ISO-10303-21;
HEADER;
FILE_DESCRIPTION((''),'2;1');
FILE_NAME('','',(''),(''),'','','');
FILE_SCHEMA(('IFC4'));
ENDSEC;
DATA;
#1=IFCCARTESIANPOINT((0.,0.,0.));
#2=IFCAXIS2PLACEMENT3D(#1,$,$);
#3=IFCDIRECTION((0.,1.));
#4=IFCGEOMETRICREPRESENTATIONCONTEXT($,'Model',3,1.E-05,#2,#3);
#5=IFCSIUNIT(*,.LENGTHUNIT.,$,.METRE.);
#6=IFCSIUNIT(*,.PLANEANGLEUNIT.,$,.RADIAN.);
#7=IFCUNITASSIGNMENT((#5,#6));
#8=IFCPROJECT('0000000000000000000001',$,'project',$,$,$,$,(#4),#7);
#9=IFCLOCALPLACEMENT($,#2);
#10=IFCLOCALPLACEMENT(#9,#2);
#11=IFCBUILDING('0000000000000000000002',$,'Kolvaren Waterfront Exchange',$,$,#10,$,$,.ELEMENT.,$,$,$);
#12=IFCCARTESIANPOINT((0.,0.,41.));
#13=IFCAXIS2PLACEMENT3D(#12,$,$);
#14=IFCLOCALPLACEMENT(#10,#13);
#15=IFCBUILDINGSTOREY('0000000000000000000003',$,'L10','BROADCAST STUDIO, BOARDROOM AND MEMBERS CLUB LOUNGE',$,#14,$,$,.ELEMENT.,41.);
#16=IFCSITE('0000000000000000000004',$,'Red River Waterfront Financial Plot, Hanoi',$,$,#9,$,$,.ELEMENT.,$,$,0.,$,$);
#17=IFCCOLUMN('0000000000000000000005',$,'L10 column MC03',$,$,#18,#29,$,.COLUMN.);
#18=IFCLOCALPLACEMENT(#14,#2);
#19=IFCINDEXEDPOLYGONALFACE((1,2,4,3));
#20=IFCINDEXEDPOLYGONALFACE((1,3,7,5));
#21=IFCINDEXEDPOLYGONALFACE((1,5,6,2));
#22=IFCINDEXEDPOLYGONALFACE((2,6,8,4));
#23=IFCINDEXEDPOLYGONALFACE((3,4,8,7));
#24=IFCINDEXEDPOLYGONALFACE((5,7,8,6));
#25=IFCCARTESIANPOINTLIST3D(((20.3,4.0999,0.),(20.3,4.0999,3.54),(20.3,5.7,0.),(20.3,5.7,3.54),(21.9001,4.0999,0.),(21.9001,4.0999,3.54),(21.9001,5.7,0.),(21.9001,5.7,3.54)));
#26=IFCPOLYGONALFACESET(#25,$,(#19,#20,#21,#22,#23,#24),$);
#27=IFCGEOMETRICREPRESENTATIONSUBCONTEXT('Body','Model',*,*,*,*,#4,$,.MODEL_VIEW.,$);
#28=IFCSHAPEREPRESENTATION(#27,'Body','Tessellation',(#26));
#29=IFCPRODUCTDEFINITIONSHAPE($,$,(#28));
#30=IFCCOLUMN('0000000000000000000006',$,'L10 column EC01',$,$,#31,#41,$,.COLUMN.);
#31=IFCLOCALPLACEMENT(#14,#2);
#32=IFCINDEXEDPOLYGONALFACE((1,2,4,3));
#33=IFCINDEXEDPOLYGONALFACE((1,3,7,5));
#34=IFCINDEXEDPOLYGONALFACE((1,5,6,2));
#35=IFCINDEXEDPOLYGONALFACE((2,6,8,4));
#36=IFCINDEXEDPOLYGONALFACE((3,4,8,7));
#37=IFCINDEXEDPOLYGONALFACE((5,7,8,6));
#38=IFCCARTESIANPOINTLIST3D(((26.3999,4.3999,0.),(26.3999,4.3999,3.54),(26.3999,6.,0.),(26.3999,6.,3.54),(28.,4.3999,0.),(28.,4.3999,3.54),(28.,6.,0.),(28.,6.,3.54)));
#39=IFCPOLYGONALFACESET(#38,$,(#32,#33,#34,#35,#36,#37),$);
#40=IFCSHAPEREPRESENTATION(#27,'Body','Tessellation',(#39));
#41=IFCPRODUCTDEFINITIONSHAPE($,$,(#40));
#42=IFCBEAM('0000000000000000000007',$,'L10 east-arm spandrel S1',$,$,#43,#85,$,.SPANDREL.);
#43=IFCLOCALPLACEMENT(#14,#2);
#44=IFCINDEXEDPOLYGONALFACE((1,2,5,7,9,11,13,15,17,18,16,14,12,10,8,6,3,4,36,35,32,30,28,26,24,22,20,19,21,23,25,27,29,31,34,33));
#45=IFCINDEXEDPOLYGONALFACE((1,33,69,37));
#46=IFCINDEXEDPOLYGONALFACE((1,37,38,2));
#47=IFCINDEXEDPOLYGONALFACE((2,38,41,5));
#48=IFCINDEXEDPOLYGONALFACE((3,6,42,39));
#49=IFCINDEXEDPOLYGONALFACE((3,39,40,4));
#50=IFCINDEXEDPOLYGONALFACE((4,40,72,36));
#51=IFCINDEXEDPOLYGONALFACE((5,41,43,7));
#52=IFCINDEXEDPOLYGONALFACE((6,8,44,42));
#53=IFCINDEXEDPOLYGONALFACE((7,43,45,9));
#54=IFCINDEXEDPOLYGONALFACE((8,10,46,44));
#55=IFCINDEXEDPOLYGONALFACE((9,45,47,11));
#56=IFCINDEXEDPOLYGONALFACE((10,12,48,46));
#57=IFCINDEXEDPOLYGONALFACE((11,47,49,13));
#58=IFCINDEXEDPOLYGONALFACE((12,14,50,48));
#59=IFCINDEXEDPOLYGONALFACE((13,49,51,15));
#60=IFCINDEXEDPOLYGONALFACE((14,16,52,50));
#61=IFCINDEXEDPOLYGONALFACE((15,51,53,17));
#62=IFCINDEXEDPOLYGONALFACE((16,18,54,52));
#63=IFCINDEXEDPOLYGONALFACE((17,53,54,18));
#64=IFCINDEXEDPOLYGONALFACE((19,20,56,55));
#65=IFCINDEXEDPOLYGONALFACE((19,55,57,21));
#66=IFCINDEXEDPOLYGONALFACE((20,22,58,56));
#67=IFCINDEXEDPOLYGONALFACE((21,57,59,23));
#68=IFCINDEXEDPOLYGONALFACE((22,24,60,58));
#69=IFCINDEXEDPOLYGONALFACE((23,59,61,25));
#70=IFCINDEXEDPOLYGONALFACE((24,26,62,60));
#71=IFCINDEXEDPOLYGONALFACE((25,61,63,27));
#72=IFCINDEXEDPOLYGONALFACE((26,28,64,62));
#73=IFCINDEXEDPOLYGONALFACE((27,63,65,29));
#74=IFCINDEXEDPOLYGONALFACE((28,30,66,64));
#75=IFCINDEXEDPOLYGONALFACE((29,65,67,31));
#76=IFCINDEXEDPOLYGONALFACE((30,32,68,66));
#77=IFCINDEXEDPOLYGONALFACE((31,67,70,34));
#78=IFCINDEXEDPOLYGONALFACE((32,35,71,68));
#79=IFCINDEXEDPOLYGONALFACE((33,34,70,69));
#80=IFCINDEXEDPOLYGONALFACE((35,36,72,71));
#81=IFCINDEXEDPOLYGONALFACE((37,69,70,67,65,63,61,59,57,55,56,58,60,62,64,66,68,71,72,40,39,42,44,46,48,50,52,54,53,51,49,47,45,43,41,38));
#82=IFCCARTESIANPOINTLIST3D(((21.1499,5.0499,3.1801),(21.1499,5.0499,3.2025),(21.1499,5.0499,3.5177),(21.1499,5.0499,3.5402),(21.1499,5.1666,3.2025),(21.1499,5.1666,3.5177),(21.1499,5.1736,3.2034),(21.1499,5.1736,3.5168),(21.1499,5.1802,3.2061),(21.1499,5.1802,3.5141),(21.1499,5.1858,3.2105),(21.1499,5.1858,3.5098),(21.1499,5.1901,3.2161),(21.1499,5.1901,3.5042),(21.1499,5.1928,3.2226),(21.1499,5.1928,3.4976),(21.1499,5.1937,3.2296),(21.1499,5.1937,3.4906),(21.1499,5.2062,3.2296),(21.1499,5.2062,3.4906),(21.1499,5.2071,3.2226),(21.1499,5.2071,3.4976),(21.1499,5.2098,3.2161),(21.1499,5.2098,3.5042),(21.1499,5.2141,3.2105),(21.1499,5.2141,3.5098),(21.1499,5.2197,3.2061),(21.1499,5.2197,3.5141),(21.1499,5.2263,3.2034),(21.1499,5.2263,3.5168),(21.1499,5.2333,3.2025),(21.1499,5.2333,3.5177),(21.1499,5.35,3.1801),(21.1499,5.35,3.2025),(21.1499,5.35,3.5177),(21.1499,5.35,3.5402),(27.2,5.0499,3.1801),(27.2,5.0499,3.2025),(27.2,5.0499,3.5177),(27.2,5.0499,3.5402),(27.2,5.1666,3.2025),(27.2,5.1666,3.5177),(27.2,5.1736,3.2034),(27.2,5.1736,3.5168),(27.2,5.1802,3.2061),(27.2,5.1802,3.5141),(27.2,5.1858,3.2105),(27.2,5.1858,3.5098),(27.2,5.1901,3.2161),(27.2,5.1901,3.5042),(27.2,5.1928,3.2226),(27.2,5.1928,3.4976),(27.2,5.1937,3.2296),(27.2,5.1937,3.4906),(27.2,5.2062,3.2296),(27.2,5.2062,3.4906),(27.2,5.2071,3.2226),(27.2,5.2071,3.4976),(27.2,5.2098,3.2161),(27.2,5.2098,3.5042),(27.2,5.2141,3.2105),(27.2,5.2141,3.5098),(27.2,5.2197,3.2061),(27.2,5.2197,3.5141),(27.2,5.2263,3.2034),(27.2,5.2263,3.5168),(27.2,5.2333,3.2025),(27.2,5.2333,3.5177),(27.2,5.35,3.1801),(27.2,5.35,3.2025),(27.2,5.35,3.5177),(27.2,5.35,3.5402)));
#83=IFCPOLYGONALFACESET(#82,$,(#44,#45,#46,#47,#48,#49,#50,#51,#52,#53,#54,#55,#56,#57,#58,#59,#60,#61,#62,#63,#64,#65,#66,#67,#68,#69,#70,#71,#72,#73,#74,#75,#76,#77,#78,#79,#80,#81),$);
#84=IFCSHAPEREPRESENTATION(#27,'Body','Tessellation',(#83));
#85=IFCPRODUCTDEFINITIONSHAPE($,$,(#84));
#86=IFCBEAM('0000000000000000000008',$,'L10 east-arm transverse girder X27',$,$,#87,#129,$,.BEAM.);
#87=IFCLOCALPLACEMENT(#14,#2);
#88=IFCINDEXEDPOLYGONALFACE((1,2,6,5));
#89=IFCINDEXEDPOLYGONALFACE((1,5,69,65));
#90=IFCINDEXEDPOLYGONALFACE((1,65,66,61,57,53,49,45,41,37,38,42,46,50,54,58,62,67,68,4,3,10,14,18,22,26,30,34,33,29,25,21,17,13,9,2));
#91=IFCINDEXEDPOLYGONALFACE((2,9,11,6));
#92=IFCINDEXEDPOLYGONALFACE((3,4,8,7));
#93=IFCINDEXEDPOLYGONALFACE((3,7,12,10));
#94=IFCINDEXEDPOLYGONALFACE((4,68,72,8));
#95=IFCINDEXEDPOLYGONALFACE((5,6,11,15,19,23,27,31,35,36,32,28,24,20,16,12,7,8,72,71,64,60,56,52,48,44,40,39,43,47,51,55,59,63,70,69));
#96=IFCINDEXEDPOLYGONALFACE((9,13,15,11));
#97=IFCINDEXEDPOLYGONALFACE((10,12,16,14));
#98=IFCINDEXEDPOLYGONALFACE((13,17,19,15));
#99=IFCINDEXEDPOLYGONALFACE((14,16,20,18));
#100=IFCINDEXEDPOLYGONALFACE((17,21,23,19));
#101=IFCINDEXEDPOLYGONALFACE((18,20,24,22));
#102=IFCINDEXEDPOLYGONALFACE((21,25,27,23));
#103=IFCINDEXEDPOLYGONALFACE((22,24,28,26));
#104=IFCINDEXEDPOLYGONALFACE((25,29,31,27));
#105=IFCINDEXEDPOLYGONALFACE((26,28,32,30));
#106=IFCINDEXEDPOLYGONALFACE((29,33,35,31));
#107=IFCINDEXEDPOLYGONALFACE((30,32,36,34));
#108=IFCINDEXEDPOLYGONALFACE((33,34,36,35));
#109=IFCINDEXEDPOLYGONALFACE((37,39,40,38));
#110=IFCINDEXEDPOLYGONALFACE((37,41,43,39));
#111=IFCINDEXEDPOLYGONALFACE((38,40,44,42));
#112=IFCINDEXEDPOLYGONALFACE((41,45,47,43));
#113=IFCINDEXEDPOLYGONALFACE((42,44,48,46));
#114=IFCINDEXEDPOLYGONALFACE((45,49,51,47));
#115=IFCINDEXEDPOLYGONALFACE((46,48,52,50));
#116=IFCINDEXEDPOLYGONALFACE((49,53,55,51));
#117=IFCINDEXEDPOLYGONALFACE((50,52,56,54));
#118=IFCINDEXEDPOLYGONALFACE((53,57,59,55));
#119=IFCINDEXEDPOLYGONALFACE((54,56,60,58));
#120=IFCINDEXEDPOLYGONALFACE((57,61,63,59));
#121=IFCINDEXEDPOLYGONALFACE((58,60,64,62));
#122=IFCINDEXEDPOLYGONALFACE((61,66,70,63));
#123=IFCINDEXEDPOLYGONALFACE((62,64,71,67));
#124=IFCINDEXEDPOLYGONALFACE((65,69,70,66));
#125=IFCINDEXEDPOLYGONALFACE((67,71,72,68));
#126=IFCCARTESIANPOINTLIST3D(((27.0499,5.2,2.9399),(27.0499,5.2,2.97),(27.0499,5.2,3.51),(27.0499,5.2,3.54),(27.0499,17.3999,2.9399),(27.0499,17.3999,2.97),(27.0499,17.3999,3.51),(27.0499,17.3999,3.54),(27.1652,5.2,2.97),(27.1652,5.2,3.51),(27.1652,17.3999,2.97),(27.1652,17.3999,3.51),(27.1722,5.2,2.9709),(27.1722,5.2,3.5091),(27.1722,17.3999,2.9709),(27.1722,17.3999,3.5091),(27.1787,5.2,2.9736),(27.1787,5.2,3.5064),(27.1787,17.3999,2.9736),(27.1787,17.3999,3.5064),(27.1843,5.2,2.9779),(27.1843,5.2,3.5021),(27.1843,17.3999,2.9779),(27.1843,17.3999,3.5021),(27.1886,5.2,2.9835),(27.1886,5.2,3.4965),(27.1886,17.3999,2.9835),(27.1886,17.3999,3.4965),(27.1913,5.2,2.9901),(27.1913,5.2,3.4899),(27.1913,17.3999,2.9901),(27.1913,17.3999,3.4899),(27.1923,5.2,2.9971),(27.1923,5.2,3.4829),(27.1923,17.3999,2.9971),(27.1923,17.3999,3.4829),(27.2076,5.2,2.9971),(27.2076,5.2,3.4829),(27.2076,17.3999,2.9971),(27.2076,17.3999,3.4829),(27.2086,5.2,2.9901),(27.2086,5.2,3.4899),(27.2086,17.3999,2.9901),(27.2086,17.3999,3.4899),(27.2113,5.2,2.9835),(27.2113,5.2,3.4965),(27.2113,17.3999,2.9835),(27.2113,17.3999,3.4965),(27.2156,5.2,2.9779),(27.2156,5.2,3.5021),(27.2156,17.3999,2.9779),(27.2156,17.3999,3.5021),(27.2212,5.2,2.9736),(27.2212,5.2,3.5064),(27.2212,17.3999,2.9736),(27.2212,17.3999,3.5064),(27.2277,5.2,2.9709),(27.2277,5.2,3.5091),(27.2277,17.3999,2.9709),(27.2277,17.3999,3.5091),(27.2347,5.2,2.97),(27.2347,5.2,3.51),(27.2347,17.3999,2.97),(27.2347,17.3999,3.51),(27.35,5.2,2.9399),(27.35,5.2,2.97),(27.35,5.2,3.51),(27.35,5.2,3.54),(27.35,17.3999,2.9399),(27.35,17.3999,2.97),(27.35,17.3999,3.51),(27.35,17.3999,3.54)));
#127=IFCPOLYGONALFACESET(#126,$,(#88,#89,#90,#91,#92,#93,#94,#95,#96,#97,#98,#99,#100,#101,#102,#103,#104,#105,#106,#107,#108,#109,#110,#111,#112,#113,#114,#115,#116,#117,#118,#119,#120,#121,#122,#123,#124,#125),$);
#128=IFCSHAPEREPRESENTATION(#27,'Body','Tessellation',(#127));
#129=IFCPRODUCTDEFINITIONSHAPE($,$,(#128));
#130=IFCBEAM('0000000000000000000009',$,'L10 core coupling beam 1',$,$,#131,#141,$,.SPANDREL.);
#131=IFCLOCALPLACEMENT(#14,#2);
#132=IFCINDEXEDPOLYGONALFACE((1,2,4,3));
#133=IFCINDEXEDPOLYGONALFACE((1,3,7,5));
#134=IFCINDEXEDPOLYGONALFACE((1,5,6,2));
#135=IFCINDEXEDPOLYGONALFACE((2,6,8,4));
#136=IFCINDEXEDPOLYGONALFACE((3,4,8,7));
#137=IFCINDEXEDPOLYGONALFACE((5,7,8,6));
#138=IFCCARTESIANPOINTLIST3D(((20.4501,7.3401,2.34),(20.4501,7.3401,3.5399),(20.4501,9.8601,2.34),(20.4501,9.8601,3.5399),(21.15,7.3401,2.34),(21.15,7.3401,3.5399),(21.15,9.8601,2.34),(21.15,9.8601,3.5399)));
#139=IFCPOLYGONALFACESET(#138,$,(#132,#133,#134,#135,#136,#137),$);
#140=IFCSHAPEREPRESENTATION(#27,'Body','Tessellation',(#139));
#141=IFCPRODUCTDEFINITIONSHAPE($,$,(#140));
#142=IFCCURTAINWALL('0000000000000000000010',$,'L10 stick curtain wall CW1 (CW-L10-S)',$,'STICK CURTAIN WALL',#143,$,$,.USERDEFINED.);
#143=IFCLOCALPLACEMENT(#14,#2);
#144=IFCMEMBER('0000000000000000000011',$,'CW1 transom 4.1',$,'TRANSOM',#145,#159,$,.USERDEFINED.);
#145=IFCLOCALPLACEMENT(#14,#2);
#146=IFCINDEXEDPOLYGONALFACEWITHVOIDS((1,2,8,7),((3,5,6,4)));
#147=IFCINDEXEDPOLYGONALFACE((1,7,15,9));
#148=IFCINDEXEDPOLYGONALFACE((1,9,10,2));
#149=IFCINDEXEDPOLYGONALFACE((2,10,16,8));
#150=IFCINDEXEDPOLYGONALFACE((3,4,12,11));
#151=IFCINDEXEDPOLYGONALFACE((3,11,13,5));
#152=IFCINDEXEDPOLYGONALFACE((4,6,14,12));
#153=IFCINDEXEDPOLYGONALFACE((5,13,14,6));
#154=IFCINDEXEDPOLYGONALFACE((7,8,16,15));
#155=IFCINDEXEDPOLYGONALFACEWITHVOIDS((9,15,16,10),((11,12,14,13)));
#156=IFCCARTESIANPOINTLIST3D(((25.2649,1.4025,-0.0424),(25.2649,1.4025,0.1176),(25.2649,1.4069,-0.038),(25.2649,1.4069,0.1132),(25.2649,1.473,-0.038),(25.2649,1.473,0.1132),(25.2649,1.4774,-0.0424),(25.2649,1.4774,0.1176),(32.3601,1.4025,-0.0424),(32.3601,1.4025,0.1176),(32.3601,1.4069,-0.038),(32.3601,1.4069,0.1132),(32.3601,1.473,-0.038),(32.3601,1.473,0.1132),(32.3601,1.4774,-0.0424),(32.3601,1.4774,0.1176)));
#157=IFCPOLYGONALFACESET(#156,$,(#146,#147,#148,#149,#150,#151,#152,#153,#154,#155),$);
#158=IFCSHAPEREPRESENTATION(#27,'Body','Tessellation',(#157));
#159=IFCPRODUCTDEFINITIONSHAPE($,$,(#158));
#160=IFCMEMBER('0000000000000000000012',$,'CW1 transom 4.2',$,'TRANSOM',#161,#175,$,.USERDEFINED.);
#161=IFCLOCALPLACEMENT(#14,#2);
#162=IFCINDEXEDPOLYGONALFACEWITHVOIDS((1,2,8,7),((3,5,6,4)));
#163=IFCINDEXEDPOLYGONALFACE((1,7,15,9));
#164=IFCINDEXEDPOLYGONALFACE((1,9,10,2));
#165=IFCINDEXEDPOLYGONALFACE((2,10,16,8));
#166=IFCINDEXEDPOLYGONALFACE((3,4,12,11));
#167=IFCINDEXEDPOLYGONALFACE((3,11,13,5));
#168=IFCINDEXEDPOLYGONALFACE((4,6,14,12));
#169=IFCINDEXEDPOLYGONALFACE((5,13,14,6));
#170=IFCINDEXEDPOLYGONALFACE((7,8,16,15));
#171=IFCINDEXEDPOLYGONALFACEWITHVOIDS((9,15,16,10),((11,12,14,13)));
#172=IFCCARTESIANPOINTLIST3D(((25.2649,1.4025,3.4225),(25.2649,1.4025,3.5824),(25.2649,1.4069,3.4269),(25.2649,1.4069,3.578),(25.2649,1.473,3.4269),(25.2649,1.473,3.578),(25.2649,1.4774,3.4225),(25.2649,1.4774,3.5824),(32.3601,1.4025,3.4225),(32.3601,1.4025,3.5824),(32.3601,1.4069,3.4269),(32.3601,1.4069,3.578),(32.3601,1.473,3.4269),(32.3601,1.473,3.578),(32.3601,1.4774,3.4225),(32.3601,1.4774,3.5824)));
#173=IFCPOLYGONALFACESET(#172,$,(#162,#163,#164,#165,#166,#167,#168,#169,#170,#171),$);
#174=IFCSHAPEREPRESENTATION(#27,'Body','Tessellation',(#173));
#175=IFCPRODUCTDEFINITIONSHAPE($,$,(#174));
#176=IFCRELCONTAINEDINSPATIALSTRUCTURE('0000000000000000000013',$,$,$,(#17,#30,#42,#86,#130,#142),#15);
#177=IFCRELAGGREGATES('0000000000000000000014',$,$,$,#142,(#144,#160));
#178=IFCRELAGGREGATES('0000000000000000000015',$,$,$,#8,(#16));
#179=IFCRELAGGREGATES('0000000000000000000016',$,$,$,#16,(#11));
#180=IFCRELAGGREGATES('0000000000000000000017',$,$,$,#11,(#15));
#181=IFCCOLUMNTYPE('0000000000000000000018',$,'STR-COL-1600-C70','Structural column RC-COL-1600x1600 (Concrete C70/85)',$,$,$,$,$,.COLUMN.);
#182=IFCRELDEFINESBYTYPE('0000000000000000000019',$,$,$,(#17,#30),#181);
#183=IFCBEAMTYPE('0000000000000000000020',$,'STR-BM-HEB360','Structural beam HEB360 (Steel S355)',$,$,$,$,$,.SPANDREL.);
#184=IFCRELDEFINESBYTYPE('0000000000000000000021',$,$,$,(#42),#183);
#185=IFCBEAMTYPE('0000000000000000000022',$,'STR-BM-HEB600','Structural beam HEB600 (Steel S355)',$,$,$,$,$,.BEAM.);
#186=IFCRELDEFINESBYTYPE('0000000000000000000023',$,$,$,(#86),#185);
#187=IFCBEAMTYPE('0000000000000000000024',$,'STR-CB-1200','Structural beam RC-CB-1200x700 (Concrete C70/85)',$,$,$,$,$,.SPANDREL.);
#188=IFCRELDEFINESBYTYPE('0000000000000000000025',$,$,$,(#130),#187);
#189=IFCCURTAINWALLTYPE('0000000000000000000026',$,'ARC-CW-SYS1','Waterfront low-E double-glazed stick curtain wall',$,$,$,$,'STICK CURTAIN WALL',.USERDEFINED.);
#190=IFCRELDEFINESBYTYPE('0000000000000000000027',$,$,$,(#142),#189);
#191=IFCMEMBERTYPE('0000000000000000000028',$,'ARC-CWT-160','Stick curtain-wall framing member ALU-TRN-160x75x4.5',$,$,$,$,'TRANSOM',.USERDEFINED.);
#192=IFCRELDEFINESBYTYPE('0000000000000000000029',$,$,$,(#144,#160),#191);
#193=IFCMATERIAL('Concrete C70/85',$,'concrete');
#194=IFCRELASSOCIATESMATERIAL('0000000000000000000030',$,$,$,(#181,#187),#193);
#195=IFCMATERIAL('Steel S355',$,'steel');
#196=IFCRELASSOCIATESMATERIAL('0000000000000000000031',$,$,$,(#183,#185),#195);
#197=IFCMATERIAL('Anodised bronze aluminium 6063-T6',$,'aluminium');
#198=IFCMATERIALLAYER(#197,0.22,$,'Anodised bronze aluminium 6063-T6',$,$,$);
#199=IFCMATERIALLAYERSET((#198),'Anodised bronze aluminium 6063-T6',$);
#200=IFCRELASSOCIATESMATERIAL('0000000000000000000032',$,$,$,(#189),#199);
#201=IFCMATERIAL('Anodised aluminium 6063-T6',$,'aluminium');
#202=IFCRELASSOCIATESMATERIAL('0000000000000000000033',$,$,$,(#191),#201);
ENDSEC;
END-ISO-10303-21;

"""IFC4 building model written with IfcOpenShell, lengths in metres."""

from ifc_helpers import new_model, si_unit, direction, frame, origin, origin_with_axes, origin_2d, place, context, subcontext, project, spatial, rectangle, hollow_rectangle, i_section, extrude, source, transform, mapped, material, layer, layer_set, material_profile, profile_set, type_object, element, aggregate, save


model = new_model("IFC4")

# Units and contexts
model_context = context("Model", 3, precision=1e-05, world=origin(), true_north=direction((0.0, 1.0)))
body_context = subcontext(model_context, "Body", "Model", "MODEL_VIEW")
ifc_project = project(units=[si_unit("LENGTHUNIT", "METRE"), si_unit("PLANEANGLEUNIT", "RADIAN")], contexts=[model_context])

# Site, building, storey
site_placement = place(None, origin())
site = spatial("IfcSite", under=ifc_project, at=site_placement, Name="Red River Waterfront Financial Plot, Hanoi", CompositionType="ELEMENT", RefElevation=0.0)
building_placement = place(site_placement, origin())
building = spatial("IfcBuilding", under=site, at=building_placement, Name="Kolvaren Waterfront Exchange", CompositionType="ELEMENT")
storey_placement = place(building_placement, frame((0.0, 0.0, 41.0)))
storey = spatial("IfcBuildingStorey", under=building, at=storey_placement, Name="L10", Description="BROADCAST STUDIO, BOARDROOM AND MEMBERS CLUB LOUNGE", CompositionType="ELEMENT", Elevation=41.0)

# Columns
ifc_material_1 = material(Name="Concrete C70/85", Category="concrete")
ifc_material_profile_1 = material_profile(ifc_material_1, rectangle(XDim=1.6001, YDim=1.6001, at=origin_2d()), Name="RC-COL-1600x1600")
ifc_profile_set_1 = profile_set([ifc_material_profile_1], Name="Concrete C70/85")
column_type = type_object("IfcColumnType", Name="STR-COL-1600-C70", Description="Structural column RC-COL-1600x1600 (Concrete C70/85)", PredefinedType="COLUMN", material=ifc_profile_set_1)
for number, where, z_axis, x_axis, name in (
    (1, (21.1001, 4.8999, 0.0), (0.0, 0.0, 1.0), (1.0, 0.0, 0.0), "L10 column MC03"),
    (2, (27.2, 5.2, 0.0), (0.0, 0.0, 1.0), (1.0, 0.0, 0.0), "L10 column EC01"),
):
    element("IfcColumn", number, at=place(storey_placement, frame(where, z_axis=z_axis, x_axis=x_axis)), inside=storey, type_object=column_type, Name=name, PredefinedType="COLUMN", context=body_context, shape_type="SweptSolid", body=[
        extrude(rectangle(XDim=1.6001, YDim=1.6001, at=origin_2d()), origin(), (0.0, 0.0, 1.0), 3.54),
    ])

# Beams
ifc_material_2 = material(Name="Steel S355", Category="steel")
ifc_material_profile_2 = material_profile(ifc_material_2, i_section(OverallWidth=0.3, OverallDepth=0.3601, WebThickness=0.0125, FlangeThickness=0.0225, FilletRadius=0.0271, at=origin_2d()), Name="HEB360")
ifc_profile_set_2 = profile_set([ifc_material_profile_2], Name="Steel S355")
beam_type_1 = type_object("IfcBeamType", Name="STR-BM-HEB360", Description="Structural beam HEB360 (Steel S355)", PredefinedType="SPANDREL", material=ifc_profile_set_2)
beam_1_placement = place(storey_placement, frame((21.1499, 5.2, 3.3601), z_axis=(1.0, 0.0, 0.0), x_axis=(0.0, 1.0, 0.0)))
element("IfcBeam", 3, at=beam_1_placement, inside=storey, type_object=beam_type_1, Name="L10 east-arm spandrel S1", PredefinedType="SPANDREL", context=body_context, shape_type="SweptSolid", body=[
    extrude(i_section(OverallWidth=0.3, OverallDepth=0.3601, WebThickness=0.0125, FlangeThickness=0.0225, FilletRadius=0.0271, at=origin_2d()), origin(), (0.0, 0.0, 1.0), 6.05),
])
ifc_material_profile_3 = material_profile(ifc_material_2, i_section(OverallWidth=0.3, OverallDepth=0.6001, WebThickness=0.0154, FlangeThickness=0.03, FilletRadius=0.0271, at=origin_2d()), Name="HEB600")
ifc_profile_set_3 = profile_set([ifc_material_profile_3], Name="Steel S355")
beam_type_2 = type_object("IfcBeamType", Name="STR-BM-HEB600", Description="Structural beam HEB600 (Steel S355)", PredefinedType="BEAM", material=ifc_profile_set_3)
beam_2_placement = place(storey_placement, frame((27.2, 5.2, 3.24), z_axis=(0.0, 1.0, 0.0), x_axis=(-1.0, 0.0, 0.0)))
element("IfcBeam", 4, at=beam_2_placement, inside=storey, type_object=beam_type_2, Name="L10 east-arm transverse girder X27", PredefinedType="BEAM", context=body_context, shape_type="SweptSolid", body=[
    extrude(i_section(OverallWidth=0.3, OverallDepth=0.6001, WebThickness=0.0154, FlangeThickness=0.03, FilletRadius=0.0271, at=origin_2d()), origin(), (0.0, 0.0, 1.0), 12.2),
])
ifc_material_profile_4 = material_profile(ifc_material_1, rectangle(XDim=0.7, YDim=1.2, at=origin_2d()), Name="RC-CB-1200x700")
ifc_profile_set_4 = profile_set([ifc_material_profile_4], Name="Concrete C70/85")
beam_type_3 = type_object("IfcBeamType", Name="STR-CB-1200", Description="Structural beam RC-CB-1200x700 (Concrete C70/85)", PredefinedType="SPANDREL", material=ifc_profile_set_4)
beam_3_placement = place(storey_placement, frame((20.8, 7.3401, 2.9399), z_axis=(0.0, 1.0, 0.0), x_axis=(-1.0, 0.0, 0.0)))
element("IfcBeam", 5, at=beam_3_placement, inside=storey, type_object=beam_type_3, Name="L10 core coupling beam 1", PredefinedType="SPANDREL", context=body_context, shape_type="SweptSolid", body=[
    extrude(rectangle(XDim=0.7, YDim=1.2, at=origin_2d()), origin(), (0.0, 0.0, 1.0), 2.52),
])

# Curtain wall, members
ifc_material_3 = material(Name="Anodised bronze aluminium 6063-T6", Category="aluminium")
ifc_layer_1 = layer(ifc_material_3, 0.22, Name="Anodised bronze aluminium 6063-T6")
ifc_layer_set_1 = layer_set([ifc_layer_1], Name="Anodised bronze aluminium 6063-T6")
curtain_wall_type = type_object("IfcCurtainWallType", Name="ARC-CW-SYS1", Description="Waterfront low-E double-glazed stick curtain wall", ElementType="STICK CURTAIN WALL", PredefinedType="USERDEFINED", material=ifc_layer_set_1)
curtain_wall_placement = place(storey_placement, origin())
curtain_wall = element("IfcCurtainWall", 6, at=curtain_wall_placement, inside=storey, type_object=curtain_wall_type, Name="L10 stick curtain wall CW1 (CW-L10-S)", ObjectType="STICK CURTAIN WALL", PredefinedType="USERDEFINED")
ifc_material_4 = material(Name="Anodised aluminium 6063-T6", Category="aluminium")
ifc_material_profile_5 = material_profile(ifc_material_4, hollow_rectangle(XDim=0.075, YDim=0.1599, WallThickness=0.0044, at=origin_2d()), Name="ALU-TRN-160x75x4.5")
ifc_profile_set_5 = profile_set([ifc_material_profile_5], Name="Anodised aluminium 6063-T6")
member_type_1 = type_object("IfcMemberType", Name="ARC-CWT-160", Description="Stick curtain-wall framing member ALU-TRN-160x75x4.5", ElementType="TRANSOM", PredefinedType="USERDEFINED", material=ifc_profile_set_5)
shared_shape_1 = source(origin_with_axes(), body_context, "Body", "SweptSolid", [
    extrude(hollow_rectangle(XDim=0.075, YDim=0.1599, WallThickness=0.0044, at=origin_2d()), origin(), (0.0, 0.0, 1.0), 7.0952),
])
member_1_placement = place(storey_placement, frame((25.2649, 1.4399, 0.0376), z_axis=(1.0, 0.0, 0.0), x_axis=(0.0, 1.0, 0.0)))
member_1 = element("IfcMember", 7, at=member_1_placement, type_object=member_type_1, Name="CW1 transom 4.1", ObjectType="TRANSOM", PredefinedType="USERDEFINED", context=body_context, shape_type="MappedRepresentation", body=[
    mapped(shared_shape_1, transform((0.0, 0.0, 0.0), x_axis=(1.0, 0.0, 0.0), y_axis=(0.0, 1.0, 0.0), z_axis=(0.0, 0.0, 1.0), scale=1.0)),
])
member_2_placement = place(storey_placement, frame((25.2649, 1.4399, 3.5024), z_axis=(1.0, 0.0, 0.0), x_axis=(0.0, 1.0, 0.0)))
member_2 = element("IfcMember", 8, at=member_2_placement, type_object=member_type_1, Name="CW1 transom 4.2", ObjectType="TRANSOM", PredefinedType="USERDEFINED", context=body_context, shape_type="MappedRepresentation", body=[
    mapped(shared_shape_1, transform((0.0, 0.0, 0.0), x_axis=(1.0, 0.0, 0.0), y_axis=(0.0, 1.0, 0.0), z_axis=(0.0, 0.0, 1.0), scale=1.0)),
])
aggregate(curtain_wall, [member_1, member_2])

save(model, "model.ifc")
